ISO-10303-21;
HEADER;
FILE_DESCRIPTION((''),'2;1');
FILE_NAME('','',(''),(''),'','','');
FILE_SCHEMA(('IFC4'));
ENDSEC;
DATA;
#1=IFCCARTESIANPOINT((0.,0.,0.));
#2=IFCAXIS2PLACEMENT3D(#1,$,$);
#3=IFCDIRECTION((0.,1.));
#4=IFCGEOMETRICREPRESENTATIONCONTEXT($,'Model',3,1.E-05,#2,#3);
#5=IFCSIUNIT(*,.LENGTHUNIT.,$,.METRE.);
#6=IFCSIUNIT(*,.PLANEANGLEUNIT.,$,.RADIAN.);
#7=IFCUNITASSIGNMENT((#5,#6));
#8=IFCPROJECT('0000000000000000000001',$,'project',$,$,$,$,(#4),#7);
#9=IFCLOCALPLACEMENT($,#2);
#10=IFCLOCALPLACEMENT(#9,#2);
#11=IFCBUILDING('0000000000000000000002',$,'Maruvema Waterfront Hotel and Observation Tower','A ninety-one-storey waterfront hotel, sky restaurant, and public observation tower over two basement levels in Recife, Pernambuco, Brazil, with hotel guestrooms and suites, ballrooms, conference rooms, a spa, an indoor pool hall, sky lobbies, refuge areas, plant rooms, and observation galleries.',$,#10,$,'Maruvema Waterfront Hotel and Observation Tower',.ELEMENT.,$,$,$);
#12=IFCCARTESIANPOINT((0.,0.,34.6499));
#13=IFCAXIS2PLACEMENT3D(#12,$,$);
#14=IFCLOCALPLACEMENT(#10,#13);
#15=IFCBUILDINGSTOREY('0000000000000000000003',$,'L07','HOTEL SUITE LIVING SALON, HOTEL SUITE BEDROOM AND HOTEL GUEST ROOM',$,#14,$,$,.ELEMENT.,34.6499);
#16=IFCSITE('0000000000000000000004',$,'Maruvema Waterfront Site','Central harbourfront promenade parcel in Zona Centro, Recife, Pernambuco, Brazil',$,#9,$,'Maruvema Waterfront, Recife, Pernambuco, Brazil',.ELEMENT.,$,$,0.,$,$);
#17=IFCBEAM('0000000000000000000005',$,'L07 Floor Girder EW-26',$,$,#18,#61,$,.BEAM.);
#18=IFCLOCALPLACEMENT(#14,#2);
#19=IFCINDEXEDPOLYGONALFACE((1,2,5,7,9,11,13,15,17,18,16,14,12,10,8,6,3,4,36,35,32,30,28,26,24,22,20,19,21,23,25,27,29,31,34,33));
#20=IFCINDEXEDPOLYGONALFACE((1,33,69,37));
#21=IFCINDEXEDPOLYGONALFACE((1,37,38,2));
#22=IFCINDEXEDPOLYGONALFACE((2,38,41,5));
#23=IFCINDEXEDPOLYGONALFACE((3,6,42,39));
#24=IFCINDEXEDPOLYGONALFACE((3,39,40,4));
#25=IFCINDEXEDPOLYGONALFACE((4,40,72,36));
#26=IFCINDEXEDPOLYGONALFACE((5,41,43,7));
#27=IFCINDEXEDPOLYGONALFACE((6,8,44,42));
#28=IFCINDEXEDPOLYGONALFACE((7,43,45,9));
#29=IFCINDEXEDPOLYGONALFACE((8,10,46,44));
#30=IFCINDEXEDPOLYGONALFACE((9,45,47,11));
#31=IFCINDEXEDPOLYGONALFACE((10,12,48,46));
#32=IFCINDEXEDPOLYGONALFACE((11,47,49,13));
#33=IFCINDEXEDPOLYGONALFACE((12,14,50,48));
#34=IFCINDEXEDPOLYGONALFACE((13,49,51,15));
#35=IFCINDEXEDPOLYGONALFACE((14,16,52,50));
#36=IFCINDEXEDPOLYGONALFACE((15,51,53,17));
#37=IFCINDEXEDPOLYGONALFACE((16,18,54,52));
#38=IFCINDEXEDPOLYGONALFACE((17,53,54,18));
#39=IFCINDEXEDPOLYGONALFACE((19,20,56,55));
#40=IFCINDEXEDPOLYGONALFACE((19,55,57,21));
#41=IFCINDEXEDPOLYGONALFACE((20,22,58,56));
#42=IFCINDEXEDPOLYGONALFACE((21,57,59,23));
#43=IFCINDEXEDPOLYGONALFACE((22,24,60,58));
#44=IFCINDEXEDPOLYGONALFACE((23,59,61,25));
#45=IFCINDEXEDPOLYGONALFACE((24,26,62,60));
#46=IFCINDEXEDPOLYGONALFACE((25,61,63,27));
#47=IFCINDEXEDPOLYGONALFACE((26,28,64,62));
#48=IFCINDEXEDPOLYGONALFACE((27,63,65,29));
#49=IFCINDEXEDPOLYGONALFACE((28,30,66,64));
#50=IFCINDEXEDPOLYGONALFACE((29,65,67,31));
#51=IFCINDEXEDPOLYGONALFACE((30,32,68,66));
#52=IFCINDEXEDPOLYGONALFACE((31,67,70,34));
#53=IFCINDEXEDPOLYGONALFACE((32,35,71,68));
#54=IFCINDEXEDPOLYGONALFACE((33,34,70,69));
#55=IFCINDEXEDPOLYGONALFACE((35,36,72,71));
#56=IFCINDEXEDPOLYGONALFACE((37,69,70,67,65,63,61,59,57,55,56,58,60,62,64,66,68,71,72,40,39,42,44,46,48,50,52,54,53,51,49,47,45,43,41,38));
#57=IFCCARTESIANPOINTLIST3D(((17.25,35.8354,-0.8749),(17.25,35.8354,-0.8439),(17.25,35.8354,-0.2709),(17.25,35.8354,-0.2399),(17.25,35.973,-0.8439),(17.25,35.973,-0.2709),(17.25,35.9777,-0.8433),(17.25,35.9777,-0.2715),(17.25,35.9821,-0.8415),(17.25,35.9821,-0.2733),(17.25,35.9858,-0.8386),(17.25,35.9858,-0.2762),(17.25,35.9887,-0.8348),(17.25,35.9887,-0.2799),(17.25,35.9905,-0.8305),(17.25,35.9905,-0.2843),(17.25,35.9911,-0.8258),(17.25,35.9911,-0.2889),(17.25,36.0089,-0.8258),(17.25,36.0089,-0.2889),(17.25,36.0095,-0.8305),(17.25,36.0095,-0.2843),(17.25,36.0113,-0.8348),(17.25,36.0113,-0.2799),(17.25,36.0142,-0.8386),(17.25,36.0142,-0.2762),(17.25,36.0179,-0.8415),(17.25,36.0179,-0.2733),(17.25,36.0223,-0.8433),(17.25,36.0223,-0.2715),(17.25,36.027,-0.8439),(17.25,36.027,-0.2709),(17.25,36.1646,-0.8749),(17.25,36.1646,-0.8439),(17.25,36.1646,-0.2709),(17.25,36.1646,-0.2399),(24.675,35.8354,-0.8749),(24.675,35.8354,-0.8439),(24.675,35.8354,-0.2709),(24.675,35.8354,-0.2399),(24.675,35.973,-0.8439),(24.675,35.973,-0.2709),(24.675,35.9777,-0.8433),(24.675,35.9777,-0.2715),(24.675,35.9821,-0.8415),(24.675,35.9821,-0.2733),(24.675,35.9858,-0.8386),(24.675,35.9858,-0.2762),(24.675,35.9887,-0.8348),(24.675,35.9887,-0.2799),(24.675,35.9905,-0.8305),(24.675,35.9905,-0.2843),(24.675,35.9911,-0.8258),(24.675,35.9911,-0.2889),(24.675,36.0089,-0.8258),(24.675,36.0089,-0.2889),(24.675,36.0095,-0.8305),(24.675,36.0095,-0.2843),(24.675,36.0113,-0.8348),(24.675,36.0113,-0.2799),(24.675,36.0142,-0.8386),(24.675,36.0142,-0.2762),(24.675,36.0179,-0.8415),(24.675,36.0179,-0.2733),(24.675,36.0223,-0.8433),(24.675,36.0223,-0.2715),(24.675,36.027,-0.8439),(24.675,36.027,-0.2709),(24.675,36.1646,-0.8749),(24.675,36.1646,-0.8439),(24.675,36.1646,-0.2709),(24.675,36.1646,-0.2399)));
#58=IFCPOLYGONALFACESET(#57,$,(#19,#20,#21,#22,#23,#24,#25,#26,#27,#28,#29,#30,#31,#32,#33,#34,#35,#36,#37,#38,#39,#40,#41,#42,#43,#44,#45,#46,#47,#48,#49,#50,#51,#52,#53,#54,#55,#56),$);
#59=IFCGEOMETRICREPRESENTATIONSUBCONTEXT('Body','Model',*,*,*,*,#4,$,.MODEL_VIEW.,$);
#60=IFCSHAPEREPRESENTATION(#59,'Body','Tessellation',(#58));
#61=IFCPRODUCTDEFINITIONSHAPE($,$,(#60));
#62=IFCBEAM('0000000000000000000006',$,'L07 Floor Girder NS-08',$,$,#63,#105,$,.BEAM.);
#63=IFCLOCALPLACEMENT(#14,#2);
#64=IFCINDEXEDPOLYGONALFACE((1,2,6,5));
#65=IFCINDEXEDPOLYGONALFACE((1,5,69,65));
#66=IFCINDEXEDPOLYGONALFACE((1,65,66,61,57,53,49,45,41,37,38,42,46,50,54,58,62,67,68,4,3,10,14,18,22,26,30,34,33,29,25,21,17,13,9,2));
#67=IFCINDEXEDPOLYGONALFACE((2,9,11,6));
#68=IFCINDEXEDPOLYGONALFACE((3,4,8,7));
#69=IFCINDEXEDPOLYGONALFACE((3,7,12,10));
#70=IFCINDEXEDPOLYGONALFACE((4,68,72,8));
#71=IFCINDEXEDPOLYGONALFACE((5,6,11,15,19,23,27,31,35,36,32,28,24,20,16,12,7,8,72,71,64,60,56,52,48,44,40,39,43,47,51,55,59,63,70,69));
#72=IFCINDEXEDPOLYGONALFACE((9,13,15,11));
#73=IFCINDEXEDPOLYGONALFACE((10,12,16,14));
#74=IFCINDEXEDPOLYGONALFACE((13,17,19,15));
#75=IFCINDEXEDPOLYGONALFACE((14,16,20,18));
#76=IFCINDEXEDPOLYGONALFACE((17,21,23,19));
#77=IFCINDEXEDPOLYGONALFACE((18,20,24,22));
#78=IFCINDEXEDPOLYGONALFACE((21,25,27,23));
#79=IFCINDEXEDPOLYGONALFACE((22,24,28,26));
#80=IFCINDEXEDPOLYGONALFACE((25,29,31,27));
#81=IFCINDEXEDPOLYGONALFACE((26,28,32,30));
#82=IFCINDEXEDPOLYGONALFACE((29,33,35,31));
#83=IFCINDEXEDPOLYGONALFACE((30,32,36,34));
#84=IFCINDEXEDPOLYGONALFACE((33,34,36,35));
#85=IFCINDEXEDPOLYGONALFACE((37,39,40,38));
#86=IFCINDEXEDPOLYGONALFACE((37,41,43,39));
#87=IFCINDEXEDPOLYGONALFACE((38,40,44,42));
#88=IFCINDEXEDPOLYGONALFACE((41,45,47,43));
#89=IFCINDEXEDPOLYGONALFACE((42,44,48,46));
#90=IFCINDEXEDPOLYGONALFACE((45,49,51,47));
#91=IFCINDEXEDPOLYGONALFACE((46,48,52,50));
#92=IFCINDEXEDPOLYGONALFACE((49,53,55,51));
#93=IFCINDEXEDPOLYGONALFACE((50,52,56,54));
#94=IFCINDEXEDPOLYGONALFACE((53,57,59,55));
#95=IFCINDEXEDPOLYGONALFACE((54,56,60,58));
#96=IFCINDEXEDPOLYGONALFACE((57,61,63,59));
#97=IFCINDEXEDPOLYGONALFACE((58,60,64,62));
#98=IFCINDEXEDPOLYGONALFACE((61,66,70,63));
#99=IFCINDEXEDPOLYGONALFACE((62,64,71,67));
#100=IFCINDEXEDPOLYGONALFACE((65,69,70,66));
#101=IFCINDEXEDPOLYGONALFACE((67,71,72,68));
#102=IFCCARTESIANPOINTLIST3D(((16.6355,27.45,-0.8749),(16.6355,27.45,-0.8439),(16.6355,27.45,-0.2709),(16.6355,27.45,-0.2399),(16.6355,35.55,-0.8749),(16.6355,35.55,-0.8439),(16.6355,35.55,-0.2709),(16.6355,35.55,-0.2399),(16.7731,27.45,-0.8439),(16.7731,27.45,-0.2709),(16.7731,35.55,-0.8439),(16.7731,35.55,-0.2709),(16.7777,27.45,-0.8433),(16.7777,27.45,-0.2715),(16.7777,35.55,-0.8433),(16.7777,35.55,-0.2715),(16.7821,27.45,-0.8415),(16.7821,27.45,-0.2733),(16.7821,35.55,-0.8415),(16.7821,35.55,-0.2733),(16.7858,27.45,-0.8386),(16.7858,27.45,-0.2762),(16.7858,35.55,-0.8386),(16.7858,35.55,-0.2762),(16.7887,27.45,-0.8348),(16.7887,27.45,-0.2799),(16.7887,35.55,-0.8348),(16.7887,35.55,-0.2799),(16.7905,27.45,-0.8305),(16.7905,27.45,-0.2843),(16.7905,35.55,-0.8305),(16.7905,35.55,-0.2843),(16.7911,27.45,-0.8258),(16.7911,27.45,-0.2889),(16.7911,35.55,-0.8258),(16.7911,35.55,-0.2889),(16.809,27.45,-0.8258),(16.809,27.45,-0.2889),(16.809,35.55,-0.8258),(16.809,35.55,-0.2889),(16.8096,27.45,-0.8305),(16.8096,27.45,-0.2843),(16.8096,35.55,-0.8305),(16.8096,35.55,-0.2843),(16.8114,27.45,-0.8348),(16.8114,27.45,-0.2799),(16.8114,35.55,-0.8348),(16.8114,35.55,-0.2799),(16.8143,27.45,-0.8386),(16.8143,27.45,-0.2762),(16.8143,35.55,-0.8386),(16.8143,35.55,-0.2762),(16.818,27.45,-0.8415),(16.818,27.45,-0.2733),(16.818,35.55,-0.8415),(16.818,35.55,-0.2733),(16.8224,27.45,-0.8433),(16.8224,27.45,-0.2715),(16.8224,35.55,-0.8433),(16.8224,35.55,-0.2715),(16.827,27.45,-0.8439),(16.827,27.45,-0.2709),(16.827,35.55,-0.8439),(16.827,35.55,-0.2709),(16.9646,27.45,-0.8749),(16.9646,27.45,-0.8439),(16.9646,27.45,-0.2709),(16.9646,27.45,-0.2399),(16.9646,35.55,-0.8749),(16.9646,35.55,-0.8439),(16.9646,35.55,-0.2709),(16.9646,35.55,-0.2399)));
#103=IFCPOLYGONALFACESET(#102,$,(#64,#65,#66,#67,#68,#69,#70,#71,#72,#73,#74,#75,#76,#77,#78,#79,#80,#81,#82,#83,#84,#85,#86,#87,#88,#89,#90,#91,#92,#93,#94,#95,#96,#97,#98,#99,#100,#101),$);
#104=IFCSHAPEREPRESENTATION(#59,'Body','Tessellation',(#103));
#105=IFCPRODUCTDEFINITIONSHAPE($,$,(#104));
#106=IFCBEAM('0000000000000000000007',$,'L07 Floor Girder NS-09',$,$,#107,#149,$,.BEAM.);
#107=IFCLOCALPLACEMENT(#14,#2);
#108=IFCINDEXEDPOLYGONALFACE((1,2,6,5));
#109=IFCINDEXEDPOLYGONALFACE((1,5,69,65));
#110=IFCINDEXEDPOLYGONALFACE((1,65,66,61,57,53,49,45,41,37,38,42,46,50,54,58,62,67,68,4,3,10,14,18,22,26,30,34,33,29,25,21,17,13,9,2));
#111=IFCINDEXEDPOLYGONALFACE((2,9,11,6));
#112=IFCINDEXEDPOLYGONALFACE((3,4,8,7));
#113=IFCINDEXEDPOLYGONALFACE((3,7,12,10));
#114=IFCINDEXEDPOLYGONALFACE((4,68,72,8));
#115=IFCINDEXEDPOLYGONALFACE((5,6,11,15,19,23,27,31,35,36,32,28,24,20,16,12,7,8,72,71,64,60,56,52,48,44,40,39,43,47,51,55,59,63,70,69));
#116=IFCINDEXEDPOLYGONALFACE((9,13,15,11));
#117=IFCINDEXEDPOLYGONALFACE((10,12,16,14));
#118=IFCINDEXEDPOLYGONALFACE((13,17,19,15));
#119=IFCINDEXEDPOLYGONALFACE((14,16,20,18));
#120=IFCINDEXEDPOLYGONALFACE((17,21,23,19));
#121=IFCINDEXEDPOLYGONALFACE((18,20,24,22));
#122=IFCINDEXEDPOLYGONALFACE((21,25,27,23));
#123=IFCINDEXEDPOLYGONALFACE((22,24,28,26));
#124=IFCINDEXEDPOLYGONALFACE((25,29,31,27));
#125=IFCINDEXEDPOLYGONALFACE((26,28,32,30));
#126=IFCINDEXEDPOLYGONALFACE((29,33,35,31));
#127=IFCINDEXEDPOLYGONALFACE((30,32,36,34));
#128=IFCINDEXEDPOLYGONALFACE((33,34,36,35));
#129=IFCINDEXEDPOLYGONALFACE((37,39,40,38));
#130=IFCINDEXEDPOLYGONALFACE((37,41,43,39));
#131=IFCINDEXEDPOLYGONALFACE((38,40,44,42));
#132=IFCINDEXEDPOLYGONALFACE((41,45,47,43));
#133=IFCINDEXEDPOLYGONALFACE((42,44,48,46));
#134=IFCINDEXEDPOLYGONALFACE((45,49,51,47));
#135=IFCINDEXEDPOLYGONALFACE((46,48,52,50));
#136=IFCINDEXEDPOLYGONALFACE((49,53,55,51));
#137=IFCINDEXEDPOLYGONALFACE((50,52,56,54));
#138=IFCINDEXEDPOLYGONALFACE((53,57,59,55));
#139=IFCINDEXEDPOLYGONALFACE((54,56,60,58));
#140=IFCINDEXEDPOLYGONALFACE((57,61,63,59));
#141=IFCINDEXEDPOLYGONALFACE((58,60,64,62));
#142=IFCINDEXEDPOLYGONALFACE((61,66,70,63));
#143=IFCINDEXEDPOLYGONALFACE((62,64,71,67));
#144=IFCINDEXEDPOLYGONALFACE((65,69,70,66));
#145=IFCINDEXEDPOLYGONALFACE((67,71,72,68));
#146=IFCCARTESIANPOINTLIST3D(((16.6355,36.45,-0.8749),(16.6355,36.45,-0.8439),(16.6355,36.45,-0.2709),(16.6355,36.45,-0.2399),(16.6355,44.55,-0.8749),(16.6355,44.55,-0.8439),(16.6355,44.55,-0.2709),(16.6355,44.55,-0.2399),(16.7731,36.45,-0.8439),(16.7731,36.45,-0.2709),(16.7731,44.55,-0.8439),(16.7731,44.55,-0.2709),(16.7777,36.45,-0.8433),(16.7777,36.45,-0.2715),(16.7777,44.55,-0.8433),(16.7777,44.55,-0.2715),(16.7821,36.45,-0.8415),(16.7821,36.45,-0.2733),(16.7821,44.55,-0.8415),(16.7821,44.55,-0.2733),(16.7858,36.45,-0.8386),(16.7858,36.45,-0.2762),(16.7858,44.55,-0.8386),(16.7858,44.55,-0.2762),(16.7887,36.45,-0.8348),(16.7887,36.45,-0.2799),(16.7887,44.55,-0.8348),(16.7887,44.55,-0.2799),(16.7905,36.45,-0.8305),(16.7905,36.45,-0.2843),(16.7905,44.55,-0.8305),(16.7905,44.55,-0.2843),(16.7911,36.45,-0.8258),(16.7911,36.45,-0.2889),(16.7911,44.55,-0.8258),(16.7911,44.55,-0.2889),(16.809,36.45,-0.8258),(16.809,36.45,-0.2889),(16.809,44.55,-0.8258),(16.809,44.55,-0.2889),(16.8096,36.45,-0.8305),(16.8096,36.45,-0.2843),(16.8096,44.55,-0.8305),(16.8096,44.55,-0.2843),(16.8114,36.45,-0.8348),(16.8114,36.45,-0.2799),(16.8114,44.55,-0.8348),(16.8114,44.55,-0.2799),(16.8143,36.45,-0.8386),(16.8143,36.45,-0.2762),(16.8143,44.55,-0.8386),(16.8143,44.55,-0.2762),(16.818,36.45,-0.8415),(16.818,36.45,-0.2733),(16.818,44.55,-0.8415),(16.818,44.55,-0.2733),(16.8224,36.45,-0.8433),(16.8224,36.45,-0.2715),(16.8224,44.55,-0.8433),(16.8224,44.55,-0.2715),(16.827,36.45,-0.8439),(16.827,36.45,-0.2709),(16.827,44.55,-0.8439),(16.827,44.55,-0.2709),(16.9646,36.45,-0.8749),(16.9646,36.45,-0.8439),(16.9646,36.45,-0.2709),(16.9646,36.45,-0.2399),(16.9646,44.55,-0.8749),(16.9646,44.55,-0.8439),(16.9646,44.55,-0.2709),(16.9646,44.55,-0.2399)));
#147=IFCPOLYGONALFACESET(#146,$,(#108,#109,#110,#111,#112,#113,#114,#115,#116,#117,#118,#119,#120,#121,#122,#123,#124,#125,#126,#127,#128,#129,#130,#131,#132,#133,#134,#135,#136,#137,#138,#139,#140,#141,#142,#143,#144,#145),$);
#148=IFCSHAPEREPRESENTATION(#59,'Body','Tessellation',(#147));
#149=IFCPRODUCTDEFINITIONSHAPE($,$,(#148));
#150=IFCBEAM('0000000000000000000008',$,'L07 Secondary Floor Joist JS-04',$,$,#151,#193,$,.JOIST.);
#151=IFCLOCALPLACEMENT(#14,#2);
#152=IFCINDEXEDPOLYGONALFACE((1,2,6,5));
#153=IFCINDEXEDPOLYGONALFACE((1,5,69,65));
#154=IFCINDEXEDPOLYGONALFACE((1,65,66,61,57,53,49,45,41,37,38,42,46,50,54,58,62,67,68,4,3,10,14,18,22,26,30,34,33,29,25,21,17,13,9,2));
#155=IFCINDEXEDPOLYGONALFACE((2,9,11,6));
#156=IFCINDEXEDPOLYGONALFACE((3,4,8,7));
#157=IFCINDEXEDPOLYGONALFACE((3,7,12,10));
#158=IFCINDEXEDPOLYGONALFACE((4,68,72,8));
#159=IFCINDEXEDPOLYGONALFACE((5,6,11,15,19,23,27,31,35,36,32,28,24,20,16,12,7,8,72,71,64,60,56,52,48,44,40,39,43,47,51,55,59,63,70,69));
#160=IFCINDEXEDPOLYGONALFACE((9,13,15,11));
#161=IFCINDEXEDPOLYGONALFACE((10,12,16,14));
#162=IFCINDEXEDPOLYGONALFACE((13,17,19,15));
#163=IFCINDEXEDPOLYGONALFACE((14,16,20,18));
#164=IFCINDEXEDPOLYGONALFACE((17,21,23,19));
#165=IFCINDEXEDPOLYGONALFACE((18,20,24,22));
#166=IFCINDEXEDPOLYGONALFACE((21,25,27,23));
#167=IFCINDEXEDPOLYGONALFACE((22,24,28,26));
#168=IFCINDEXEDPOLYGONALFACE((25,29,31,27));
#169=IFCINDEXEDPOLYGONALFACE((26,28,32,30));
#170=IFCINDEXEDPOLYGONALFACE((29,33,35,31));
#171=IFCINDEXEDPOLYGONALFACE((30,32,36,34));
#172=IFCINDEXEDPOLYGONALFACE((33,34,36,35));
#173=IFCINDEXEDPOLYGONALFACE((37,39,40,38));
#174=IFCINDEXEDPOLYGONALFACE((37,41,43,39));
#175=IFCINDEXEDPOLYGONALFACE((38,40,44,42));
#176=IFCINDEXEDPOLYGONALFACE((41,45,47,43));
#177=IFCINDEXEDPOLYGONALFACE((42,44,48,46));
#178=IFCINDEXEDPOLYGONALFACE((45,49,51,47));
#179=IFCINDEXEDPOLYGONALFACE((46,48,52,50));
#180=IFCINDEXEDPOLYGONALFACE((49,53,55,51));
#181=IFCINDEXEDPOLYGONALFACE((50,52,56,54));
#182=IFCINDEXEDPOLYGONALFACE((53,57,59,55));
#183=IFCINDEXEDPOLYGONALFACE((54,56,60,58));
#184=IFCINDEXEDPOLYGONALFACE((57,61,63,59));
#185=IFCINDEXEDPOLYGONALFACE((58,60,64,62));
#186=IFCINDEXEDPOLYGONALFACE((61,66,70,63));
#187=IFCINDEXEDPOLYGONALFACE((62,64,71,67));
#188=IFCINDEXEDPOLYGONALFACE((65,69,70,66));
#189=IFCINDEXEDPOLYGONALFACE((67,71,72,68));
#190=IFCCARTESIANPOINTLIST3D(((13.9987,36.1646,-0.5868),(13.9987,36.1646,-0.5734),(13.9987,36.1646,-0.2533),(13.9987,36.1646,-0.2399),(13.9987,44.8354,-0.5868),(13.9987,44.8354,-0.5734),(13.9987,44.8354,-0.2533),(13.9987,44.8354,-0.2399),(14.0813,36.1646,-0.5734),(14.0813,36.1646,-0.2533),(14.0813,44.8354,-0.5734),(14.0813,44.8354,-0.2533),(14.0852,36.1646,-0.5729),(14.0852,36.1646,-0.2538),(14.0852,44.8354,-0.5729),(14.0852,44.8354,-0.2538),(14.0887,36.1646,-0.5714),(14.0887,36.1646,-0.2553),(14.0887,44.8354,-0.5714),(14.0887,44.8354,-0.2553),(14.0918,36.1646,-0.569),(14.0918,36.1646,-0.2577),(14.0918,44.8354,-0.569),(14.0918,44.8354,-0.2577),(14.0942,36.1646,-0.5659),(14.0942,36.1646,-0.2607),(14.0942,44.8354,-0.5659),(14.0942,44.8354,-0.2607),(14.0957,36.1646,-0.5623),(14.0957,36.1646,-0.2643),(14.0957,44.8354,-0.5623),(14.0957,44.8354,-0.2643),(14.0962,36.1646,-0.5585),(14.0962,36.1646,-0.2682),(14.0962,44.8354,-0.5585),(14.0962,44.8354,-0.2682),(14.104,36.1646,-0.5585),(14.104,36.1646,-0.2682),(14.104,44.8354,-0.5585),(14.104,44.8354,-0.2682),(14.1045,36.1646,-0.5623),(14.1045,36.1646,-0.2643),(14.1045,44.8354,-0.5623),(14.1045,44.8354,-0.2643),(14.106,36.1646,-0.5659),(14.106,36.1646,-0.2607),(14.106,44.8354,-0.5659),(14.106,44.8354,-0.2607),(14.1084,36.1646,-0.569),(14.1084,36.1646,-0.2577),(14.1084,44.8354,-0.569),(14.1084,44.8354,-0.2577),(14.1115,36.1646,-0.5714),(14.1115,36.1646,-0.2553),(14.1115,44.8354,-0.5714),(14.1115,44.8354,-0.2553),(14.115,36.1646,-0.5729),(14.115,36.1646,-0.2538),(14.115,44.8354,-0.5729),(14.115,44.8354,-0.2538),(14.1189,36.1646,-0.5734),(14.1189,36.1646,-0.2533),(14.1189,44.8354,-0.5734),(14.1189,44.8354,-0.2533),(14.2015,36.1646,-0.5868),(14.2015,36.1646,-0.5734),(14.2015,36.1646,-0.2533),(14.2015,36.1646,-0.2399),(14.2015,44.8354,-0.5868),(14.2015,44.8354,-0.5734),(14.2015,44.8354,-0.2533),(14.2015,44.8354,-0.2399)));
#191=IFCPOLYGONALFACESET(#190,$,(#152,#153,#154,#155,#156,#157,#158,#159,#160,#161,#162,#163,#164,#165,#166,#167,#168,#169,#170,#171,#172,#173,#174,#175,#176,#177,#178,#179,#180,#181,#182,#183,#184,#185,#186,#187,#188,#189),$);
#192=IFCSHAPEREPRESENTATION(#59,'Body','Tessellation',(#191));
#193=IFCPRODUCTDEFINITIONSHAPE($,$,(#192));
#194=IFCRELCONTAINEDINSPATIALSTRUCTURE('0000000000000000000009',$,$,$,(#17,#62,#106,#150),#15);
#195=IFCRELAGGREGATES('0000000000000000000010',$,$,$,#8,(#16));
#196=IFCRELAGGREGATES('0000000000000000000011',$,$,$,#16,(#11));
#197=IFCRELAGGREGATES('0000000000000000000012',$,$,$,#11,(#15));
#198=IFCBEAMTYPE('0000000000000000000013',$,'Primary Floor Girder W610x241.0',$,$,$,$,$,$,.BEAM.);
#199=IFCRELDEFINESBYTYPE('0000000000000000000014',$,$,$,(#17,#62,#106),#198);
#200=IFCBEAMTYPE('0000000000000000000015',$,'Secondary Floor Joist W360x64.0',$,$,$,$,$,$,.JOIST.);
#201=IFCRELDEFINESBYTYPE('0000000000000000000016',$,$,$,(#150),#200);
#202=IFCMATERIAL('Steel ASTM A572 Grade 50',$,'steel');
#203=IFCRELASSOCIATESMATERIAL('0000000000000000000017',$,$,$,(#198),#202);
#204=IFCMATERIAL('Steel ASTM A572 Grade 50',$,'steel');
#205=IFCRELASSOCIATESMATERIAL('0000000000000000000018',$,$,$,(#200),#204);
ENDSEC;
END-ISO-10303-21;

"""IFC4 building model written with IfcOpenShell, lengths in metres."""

from ifc_helpers import new_model, si_unit, direction, frame, origin, origin_2d, place, context, subcontext, project, spatial, i_section, extrude, material, material_profile, profile_set, type_object, element, save


model = new_model("IFC4")

# Units and contexts
model_context = context("Model", 3, precision=1e-05, world=origin(), true_north=direction((0.0, 1.0)))
body_context = subcontext(model_context, "Body", "Model", "MODEL_VIEW")
ifc_project = project(units=[si_unit("LENGTHUNIT", "METRE"), si_unit("PLANEANGLEUNIT", "RADIAN")], contexts=[model_context])

# Site, building, storey
site_placement = place(None, origin())
site = spatial("IfcSite", under=ifc_project, at=site_placement, Name="Maruvema Waterfront Site", Description="Central harbourfront promenade parcel in Zona Centro, Recife, Pernambuco, Brazil", LongName="Maruvema Waterfront, Recife, Pernambuco, Brazil", CompositionType="ELEMENT", RefElevation=0.0)
building_placement = place(site_placement, origin())
building = spatial("IfcBuilding", under=site, at=building_placement, Name="Maruvema Waterfront Hotel and Observation Tower", Description="A ninety-one-storey waterfront hotel, sky restaurant, and public observation tower over two basement levels in Recife, Pernambuco, Brazil, with hotel guestrooms and suites, ballrooms, conference rooms, a spa, an indoor pool hall, sky lobbies, refuge areas, plant rooms, and observation galleries.", LongName="Maruvema Waterfront Hotel and Observation Tower", CompositionType="ELEMENT")
storey_placement = place(building_placement, frame((0.0, 0.0, 34.6499)))
storey = spatial("IfcBuildingStorey", under=building, at=storey_placement, Name="L07", Description="HOTEL SUITE LIVING SALON, HOTEL SUITE BEDROOM AND HOTEL GUEST ROOM", CompositionType="ELEMENT", Elevation=34.6499)

# Beams
ifc_material_1 = material(Name="Steel ASTM A572 Grade 50", Category="steel")
ifc_material_profile_1 = material_profile(ifc_material_1, i_section(OverallWidth=0.3291, OverallDepth=0.635, WebThickness=0.0178, FlangeThickness=0.031, FilletRadius=0.0181, at=origin_2d()), Name="W610x241.0")
ifc_profile_set_1 = profile_set([ifc_material_profile_1], Name="Steel ASTM A572 Grade 50")
beam_type_1 = type_object("IfcBeamType", Name="Primary Floor Girder W610x241.0", PredefinedType="BEAM", material=ifc_profile_set_1)
beam_1_placement = place(storey_placement, frame((17.25, 36.0, -0.5574), z_axis=(1.0, 0.0, 0.0), x_axis=(0.0, 1.0, 0.0)))
element("IfcBeam", 1, at=beam_1_placement, inside=storey, type_object=beam_type_1, Name="L07 Floor Girder EW-26", PredefinedType="BEAM", context=body_context, shape_type="SweptSolid", body=[
    extrude(i_section(OverallWidth=0.3291, OverallDepth=0.635, WebThickness=0.0178, FlangeThickness=0.031, FilletRadius=0.0181, at=origin_2d()), origin(), (0.0, 0.0, 1.0), 7.425),
])
for number, where, z_axis, x_axis, name in (
    (2, (16.8, 27.45, -0.5574), (0.0, 1.0, 0.0), (-1.0, 0.0, 0.0), "L07 Floor Girder NS-08"),
    (3, (16.8, 36.45, -0.5574), (0.0, 1.0, 0.0), (-1.0, 0.0, 0.0), "L07 Floor Girder NS-09"),
):
    element("IfcBeam", number, at=place(storey_placement, frame(where, z_axis=z_axis, x_axis=x_axis)), inside=storey, type_object=beam_type_1, Name=name, PredefinedType="BEAM", context=body_context, shape_type="SweptSolid", body=[
        extrude(i_section(OverallWidth=0.3291, OverallDepth=0.635, WebThickness=0.0178, FlangeThickness=0.031, FilletRadius=0.0181, at=origin_2d()), origin(), (0.0, 0.0, 1.0), 8.1001),
    ])
ifc_material_2 = material(Name="Steel ASTM A572 Grade 50", Category="steel")
ifc_material_profile_2 = material_profile(ifc_material_2, i_section(OverallWidth=0.2029, OverallDepth=0.3469, WebThickness=0.0078, FlangeThickness=0.0134, FilletRadius=0.0149, at=origin_2d()), Name="W360x64.0")
ifc_profile_set_2 = profile_set([ifc_material_profile_2], Name="Steel ASTM A572 Grade 50")
beam_type_2 = type_object("IfcBeamType", Name="Secondary Floor Joist W360x64.0", PredefinedType="JOIST", material=ifc_profile_set_2)
beam_2_placement = place(storey_placement, frame((14.1001, 36.1646, -0.4133), z_axis=(0.0, 1.0, 0.0), x_axis=(-1.0, 0.0, 0.0)))
element("IfcBeam", 4, at=beam_2_placement, inside=storey, type_object=beam_type_2, Name="L07 Secondary Floor Joist JS-04", PredefinedType="JOIST", context=body_context, shape_type="SweptSolid", body=[
    extrude(i_section(OverallWidth=0.2029, OverallDepth=0.3469, WebThickness=0.0078, FlangeThickness=0.0134, FilletRadius=0.0149, at=origin_2d()), origin(), (0.0, 0.0, 1.0), 8.6709),
])

save(model, "model.ifc")
